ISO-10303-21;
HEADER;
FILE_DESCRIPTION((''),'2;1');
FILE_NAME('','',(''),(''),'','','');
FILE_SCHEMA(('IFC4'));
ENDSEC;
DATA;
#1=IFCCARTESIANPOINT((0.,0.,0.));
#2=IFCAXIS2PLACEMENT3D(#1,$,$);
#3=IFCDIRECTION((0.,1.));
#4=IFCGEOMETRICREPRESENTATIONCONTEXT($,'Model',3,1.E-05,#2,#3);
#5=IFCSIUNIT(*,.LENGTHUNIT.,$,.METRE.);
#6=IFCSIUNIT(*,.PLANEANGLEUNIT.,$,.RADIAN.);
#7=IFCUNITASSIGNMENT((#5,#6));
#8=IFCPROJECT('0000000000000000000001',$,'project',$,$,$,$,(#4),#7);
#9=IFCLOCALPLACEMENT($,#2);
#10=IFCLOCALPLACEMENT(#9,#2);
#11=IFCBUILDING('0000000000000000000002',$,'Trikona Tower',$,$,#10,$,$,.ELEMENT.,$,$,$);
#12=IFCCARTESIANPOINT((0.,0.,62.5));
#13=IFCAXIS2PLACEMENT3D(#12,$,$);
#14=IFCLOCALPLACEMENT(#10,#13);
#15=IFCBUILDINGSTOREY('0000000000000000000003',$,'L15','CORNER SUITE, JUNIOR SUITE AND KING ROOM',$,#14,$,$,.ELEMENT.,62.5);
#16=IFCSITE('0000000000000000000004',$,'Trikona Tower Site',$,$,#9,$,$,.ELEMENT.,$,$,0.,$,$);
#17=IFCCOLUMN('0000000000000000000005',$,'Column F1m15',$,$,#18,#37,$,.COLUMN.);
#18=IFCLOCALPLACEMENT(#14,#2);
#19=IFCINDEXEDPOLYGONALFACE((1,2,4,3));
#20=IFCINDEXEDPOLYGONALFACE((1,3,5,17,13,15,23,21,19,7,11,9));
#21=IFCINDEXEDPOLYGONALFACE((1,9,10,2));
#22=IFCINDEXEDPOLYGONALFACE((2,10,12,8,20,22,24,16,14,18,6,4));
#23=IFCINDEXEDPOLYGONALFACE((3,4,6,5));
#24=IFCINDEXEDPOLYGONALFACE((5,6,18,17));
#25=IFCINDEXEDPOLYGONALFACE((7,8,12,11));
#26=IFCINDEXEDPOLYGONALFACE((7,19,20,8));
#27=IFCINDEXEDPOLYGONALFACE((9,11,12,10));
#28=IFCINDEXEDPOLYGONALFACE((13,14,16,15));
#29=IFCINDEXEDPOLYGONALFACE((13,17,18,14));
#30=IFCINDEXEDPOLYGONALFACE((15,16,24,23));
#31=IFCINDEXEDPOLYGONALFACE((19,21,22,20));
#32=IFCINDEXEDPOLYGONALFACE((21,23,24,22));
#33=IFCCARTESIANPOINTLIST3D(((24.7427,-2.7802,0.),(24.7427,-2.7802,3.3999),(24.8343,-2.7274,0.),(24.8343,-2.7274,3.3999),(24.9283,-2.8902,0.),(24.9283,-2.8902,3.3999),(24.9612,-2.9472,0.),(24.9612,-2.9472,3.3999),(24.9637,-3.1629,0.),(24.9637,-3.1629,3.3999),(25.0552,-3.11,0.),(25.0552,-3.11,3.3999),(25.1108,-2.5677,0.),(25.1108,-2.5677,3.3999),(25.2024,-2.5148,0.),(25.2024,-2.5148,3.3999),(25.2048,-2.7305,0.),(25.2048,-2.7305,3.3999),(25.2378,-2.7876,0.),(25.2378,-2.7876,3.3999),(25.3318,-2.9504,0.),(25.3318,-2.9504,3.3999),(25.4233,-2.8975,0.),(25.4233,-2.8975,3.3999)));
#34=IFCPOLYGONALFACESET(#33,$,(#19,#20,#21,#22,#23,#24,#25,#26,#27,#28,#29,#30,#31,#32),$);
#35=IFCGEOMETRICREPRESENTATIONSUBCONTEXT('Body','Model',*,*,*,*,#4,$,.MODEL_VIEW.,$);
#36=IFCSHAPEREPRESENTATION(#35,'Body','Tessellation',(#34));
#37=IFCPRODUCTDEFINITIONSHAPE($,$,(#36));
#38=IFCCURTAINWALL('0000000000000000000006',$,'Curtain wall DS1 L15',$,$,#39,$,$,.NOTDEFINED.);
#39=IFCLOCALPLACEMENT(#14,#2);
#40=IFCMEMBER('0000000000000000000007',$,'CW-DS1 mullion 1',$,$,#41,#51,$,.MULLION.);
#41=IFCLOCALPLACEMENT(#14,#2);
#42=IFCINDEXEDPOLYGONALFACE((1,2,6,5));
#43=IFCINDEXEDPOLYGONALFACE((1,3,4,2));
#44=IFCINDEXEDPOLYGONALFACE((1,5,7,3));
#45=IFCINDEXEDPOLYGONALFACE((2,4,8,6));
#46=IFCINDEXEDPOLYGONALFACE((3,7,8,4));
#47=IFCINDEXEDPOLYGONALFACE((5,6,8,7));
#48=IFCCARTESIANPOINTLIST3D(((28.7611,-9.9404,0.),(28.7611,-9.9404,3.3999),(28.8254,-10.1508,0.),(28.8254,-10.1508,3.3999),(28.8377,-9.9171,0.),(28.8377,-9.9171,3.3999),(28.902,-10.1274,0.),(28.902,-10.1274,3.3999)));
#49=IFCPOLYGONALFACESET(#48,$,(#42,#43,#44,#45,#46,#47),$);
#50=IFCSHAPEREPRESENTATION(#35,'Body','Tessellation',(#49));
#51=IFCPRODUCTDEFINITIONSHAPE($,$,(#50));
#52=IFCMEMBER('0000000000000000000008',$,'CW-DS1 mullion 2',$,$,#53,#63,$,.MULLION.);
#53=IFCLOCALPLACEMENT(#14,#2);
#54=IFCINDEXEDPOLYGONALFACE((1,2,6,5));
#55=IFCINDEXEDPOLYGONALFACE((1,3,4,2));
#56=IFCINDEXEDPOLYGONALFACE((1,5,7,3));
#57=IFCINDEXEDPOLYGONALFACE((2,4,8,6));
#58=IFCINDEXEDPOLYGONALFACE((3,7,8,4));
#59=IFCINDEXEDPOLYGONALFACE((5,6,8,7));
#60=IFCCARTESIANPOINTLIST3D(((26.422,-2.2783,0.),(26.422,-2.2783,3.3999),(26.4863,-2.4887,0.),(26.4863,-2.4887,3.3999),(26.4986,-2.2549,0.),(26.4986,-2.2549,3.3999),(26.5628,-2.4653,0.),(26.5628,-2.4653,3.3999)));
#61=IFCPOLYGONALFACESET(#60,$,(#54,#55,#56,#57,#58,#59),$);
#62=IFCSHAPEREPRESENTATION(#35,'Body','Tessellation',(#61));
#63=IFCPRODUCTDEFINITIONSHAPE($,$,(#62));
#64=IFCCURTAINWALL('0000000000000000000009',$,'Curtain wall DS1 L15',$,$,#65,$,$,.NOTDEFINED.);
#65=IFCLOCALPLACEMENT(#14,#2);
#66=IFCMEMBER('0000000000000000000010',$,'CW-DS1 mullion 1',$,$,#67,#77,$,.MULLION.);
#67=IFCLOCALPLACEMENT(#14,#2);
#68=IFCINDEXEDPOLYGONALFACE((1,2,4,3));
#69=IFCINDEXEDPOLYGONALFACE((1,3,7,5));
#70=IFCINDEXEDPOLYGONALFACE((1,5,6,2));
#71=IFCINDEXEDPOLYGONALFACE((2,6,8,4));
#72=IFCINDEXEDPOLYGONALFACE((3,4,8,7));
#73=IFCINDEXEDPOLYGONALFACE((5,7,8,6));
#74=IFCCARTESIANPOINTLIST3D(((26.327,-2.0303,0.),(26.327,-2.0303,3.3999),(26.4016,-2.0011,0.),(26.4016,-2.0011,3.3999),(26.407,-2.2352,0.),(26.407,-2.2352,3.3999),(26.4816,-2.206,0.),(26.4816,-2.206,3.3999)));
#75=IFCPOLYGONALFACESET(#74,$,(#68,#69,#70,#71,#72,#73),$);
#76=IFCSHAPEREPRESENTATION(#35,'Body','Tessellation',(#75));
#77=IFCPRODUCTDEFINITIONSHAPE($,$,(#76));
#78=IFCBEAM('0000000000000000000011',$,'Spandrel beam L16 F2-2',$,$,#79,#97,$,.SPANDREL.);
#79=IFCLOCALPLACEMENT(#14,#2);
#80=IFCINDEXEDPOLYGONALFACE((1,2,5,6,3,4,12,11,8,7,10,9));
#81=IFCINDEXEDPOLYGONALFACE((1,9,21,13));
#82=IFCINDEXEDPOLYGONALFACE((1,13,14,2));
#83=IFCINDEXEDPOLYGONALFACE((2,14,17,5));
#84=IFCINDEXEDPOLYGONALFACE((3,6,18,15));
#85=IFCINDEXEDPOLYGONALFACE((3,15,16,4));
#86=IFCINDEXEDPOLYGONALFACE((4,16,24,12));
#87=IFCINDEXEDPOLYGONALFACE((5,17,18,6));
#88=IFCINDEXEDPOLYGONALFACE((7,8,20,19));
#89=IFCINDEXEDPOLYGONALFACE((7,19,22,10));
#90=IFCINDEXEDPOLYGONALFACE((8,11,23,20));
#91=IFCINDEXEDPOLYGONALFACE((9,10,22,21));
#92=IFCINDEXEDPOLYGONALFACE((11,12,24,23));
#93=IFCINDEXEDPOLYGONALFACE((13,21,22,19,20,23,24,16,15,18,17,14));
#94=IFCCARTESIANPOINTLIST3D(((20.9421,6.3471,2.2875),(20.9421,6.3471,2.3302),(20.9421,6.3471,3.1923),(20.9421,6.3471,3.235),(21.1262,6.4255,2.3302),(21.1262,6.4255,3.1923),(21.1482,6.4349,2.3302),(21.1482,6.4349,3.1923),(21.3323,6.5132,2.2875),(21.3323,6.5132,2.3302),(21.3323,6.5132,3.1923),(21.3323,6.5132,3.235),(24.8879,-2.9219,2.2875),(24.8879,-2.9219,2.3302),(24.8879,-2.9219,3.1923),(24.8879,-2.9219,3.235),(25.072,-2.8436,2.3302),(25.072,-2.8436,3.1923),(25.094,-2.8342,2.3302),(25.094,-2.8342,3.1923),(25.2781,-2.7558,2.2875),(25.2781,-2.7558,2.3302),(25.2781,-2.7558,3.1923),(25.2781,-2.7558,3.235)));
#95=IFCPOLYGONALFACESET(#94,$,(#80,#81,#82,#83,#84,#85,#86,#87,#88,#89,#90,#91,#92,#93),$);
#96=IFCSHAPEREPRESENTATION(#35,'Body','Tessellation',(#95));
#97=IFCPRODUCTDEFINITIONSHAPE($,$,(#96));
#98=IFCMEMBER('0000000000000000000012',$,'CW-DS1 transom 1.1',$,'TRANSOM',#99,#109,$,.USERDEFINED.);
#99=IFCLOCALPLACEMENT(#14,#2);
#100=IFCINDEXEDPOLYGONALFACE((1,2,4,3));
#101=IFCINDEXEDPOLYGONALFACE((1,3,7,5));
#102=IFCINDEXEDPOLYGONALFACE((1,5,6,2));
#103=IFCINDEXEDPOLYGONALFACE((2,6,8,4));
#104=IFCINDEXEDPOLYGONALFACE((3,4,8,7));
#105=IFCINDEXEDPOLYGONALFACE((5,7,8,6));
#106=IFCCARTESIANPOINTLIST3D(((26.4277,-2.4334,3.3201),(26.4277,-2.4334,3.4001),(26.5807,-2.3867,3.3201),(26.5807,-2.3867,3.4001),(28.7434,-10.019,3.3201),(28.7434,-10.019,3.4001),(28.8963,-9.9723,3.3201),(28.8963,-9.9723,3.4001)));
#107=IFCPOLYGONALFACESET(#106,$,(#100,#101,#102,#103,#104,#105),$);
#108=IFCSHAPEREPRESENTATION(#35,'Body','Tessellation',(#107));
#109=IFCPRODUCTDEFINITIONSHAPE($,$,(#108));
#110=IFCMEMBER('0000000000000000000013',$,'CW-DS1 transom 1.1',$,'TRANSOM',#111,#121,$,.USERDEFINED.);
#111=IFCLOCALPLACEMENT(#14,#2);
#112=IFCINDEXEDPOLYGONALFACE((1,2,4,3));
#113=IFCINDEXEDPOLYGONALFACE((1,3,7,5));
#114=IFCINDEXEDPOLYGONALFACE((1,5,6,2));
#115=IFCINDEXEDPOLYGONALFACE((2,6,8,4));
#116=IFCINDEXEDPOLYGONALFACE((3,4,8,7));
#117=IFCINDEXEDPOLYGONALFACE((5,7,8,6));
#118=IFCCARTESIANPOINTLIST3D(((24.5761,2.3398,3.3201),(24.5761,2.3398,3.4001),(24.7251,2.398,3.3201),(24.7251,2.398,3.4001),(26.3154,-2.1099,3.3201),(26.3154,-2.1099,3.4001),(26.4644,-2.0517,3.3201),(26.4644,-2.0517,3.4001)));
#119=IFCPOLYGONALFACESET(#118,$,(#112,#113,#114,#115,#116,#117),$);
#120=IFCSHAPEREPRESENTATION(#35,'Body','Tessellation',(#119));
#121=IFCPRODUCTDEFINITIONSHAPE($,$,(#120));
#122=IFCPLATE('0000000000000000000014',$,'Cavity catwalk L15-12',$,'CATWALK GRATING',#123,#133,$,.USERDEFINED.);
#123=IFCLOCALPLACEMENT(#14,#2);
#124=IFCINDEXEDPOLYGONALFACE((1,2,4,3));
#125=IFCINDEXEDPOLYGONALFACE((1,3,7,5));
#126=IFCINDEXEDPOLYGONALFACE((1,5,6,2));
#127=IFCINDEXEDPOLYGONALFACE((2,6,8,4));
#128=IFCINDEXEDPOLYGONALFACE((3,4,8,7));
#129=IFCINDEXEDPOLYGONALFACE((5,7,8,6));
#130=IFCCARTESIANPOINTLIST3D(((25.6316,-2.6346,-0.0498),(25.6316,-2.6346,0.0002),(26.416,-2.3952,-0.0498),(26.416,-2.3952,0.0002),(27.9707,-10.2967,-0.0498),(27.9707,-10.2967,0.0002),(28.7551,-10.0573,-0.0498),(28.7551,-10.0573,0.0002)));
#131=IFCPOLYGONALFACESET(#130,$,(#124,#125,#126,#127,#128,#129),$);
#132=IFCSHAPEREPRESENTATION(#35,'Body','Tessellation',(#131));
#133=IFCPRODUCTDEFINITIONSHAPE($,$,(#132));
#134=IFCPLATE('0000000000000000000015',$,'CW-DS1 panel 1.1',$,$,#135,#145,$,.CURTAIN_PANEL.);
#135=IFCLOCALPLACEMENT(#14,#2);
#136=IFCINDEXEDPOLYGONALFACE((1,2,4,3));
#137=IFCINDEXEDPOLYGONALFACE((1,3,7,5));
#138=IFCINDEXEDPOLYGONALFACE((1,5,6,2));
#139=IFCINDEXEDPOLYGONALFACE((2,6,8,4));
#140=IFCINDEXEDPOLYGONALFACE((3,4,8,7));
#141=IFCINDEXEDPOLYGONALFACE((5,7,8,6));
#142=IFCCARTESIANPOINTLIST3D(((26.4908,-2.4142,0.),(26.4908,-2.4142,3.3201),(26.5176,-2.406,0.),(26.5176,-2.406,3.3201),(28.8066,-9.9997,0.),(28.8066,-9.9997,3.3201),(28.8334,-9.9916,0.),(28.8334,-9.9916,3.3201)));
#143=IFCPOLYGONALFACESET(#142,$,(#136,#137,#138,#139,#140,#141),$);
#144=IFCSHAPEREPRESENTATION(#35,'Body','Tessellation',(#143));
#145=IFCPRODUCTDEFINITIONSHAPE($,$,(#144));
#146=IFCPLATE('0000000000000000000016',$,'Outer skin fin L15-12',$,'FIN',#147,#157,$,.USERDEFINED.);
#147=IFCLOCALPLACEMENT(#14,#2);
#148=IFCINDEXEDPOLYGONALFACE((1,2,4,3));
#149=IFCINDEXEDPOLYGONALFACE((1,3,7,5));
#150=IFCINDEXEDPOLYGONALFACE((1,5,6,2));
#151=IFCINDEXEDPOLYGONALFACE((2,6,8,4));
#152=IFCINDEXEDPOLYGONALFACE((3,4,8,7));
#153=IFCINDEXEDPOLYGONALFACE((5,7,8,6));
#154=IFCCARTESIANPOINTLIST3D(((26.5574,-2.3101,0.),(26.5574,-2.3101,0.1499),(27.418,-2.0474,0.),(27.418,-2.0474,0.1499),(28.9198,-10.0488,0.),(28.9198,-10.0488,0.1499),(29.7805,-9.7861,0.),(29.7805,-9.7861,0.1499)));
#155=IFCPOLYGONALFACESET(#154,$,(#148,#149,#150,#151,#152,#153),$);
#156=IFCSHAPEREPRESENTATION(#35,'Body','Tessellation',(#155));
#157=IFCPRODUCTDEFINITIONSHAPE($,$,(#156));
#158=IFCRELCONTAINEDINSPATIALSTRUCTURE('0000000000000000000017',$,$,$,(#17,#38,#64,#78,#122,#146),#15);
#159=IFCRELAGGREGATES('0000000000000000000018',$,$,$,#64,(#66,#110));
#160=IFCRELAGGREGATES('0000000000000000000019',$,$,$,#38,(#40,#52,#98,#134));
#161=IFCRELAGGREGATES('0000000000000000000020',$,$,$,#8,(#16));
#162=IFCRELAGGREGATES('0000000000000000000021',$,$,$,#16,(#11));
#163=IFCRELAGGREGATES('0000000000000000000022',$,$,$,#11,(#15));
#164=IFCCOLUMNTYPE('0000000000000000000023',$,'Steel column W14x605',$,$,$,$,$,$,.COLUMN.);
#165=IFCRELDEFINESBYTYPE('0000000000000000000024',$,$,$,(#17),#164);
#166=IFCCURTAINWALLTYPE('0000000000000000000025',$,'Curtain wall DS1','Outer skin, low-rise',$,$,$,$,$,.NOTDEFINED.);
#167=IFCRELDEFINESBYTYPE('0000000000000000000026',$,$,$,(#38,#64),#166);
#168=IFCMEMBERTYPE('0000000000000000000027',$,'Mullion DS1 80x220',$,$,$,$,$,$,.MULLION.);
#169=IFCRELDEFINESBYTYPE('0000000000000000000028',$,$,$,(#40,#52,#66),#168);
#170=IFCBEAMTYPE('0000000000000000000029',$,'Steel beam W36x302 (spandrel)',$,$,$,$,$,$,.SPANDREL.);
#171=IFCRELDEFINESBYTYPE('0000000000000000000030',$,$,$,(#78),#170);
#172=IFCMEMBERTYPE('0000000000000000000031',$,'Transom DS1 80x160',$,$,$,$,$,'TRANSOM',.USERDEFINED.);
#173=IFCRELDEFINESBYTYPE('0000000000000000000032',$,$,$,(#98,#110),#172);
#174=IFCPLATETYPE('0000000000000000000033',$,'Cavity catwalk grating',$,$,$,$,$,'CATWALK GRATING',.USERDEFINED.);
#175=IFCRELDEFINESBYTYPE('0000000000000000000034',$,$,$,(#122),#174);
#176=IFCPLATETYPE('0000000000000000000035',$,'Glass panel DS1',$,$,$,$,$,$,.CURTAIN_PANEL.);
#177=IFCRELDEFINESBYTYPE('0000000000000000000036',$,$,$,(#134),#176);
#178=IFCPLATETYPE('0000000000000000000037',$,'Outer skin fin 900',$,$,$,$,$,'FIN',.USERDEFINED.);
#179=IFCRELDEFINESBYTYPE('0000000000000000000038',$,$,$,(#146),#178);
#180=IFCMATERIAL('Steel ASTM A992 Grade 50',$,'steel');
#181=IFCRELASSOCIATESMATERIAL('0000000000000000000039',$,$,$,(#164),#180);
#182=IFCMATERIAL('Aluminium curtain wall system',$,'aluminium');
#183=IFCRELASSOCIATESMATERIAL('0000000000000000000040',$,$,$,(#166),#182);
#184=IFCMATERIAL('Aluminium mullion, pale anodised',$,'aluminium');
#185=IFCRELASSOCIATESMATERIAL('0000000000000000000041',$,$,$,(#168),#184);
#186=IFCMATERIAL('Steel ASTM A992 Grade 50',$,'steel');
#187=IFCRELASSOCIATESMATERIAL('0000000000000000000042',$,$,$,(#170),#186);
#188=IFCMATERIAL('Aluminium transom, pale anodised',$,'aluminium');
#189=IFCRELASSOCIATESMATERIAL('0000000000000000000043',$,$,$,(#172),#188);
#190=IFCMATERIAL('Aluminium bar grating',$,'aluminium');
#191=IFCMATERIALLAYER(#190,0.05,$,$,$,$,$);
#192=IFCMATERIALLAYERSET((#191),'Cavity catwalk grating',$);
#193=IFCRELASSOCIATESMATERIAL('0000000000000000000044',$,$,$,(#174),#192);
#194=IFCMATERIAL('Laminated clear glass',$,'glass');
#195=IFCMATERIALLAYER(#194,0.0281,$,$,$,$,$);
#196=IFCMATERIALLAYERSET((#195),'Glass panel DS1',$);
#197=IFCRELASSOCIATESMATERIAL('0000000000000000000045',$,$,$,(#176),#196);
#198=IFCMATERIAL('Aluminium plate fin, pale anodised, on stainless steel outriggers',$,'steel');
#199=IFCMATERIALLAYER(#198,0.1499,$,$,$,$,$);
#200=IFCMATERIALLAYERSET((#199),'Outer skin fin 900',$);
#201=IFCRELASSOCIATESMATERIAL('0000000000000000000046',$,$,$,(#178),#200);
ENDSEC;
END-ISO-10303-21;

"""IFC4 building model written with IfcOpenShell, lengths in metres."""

from ifc_helpers import new_model, si_unit, direction, frame, origin, origin_2d, place, context, subcontext, project, spatial, rectangle, i_section, extrude, material, layer, layer_set, material_profile, profile_set, type_object, element, aggregate, save


model = new_model("IFC4")

# Units and contexts
model_context = context("Model", 3, precision=1e-05, world=origin(), true_north=direction((0.0, 1.0)))
body_context = subcontext(model_context, "Body", "Model", "MODEL_VIEW")
ifc_project = project(units=[si_unit("LENGTHUNIT", "METRE"), si_unit("PLANEANGLEUNIT", "RADIAN")], contexts=[model_context])

# Site, building, storey
site_placement = place(None, origin())
site = spatial("IfcSite", under=ifc_project, at=site_placement, Name="Trikona Tower Site", CompositionType="ELEMENT", RefElevation=0.0)
building_placement = place(site_placement, origin())
building = spatial("IfcBuilding", under=site, at=building_placement, Name="Trikona Tower", CompositionType="ELEMENT")
storey_placement = place(building_placement, frame((0.0, 0.0, 62.5)))
storey = spatial("IfcBuildingStorey", under=building, at=storey_placement, Name="L15", Description="CORNER SUITE, JUNIOR SUITE AND KING ROOM", CompositionType="ELEMENT", Elevation=62.5)

# Column
ifc_material_1 = material(Name="Steel ASTM A992 Grade 50", Category="steel")
ifc_material_profile_1 = material_profile(ifc_material_1, i_section(OverallWidth=0.4419, OverallDepth=0.5308, WebThickness=0.0659, FlangeThickness=0.1057, at=origin_2d()), Name="W14X605")
ifc_profile_set_1 = profile_set([ifc_material_profile_1], Name="Steel ASTM A992 Grade 50")
column_type = type_object("IfcColumnType", Name="Steel column W14x605", PredefinedType="COLUMN", material=ifc_profile_set_1)
column_placement = place(storey_placement, frame((25.083, -2.8389, 0.0), z_axis=(0.0, 0.0, 1.0), x_axis=(-0.5, 0.866025, 0.0)))
element("IfcColumn", 1, at=column_placement, inside=storey, type_object=column_type, Name="Column F1m15", PredefinedType="COLUMN", context=body_context, shape_type="SweptSolid", body=[
    extrude(i_section(OverallWidth=0.4419, OverallDepth=0.5308, WebThickness=0.0659, FlangeThickness=0.1057, at=origin_2d()), origin(), (0.0, 0.0, 1.0), 3.3999),
])

# Curtain wall, members
ifc_material_2 = material(Name="Aluminium curtain wall system", Category="aluminium")
curtain_wall_type = type_object("IfcCurtainWallType", Name="Curtain wall DS1", Description="Outer skin, low-rise", PredefinedType="NOTDEFINED", material=ifc_material_2)
curtain_wall_1_placement = place(storey_placement, origin())
curtain_wall_1 = element("IfcCurtainWall", 2, at=curtain_wall_1_placement, inside=storey, type_object=curtain_wall_type, Name="Curtain wall DS1 L15", PredefinedType="NOTDEFINED")
ifc_material_3 = material(Name="Aluminium mullion, pale anodised", Category="aluminium")
ifc_material_profile_2 = material_profile(ifc_material_3, rectangle(XDim=0.0801, YDim=0.22, at=origin_2d()), Name="MUL-DS1")
ifc_profile_set_2 = profile_set([ifc_material_profile_2], Name="Aluminium mullion, pale anodised")
member_type_1 = type_object("IfcMemberType", Name="Mullion DS1 80x220", PredefinedType="MULLION", material=ifc_profile_set_2)
member_1_placement = place(storey_placement, frame((28.8315, -10.0339, 0.0), z_axis=(0.0, 0.0, 1.0), x_axis=(-0.956423, -0.291984, 0.0)))
member_1 = element("IfcMember", 3, at=member_1_placement, type_object=member_type_1, Name="CW-DS1 mullion 1", PredefinedType="MULLION", context=body_context, shape_type="SweptSolid", body=[
    extrude(rectangle(XDim=0.0801, YDim=0.22, at=origin_2d()), origin(), (0.0, 0.0, 1.0), 3.3999),
])
member_2_placement = place(storey_placement, frame((26.4924, -2.3718, 0.0), z_axis=(0.0, 0.0, 1.0), x_axis=(-0.956423, -0.291984, 0.0)))
member_2 = element("IfcMember", 4, at=member_2_placement, type_object=member_type_1, Name="CW-DS1 mullion 2", PredefinedType="MULLION", context=body_context, shape_type="SweptSolid", body=[
    extrude(rectangle(XDim=0.0801, YDim=0.22, at=origin_2d()), origin(), (0.0, 0.0, 1.0), 3.3999),
])

# Curtain wall, member
curtain_wall_2_placement = place(storey_placement, origin())
curtain_wall_2 = element("IfcCurtainWall", 5, at=curtain_wall_2_placement, inside=storey, type_object=curtain_wall_type, Name="Curtain wall DS1 L15", PredefinedType="NOTDEFINED")
member_3_placement = place(storey_placement, frame((26.4043, -2.1182, 0.0), z_axis=(0.0, 0.0, 1.0), x_axis=(-0.931396, -0.364008, 0.0)))
member_3 = element("IfcMember", 6, at=member_3_placement, type_object=member_type_1, Name="CW-DS1 mullion 1", PredefinedType="MULLION", context=body_context, shape_type="SweptSolid", body=[
    extrude(rectangle(XDim=0.0801, YDim=0.22, at=origin_2d()), origin(), (0.0, 0.0, 1.0), 3.3999),
])

# Beam
ifc_material_4 = material(Name="Steel ASTM A992 Grade 50", Category="steel")
ifc_material_profile_3 = material_profile(ifc_material_4, i_section(OverallWidth=0.4241, OverallDepth=0.9475, WebThickness=0.0239, FlangeThickness=0.0427, at=origin_2d()), Name="W36X302")
ifc_profile_set_3 = profile_set([ifc_material_profile_3], Name="Steel ASTM A992 Grade 50")
beam_type = type_object("IfcBeamType", Name="Steel beam W36x302 (spandrel)", PredefinedType="SPANDREL", material=ifc_profile_set_3)
beam_placement = place(storey_placement, frame((25.083, -2.8389, 2.7612), z_axis=(-0.391684, 0.9201, 0.0), x_axis=(-0.9201, -0.391684, 0.0)))
element("IfcBeam", 7, at=beam_placement, inside=storey, type_object=beam_type, Name="Spandrel beam L16 F2-2", PredefinedType="SPANDREL", context=body_context, shape_type="SweptSolid", body=[
    extrude(i_section(OverallWidth=0.4241, OverallDepth=0.9475, WebThickness=0.0239, FlangeThickness=0.0427, at=origin_2d()), origin(), (0.0, 0.0, 1.0), 10.074),
])

# Members
ifc_material_5 = material(Name="Aluminium transom, pale anodised", Category="aluminium")
ifc_material_profile_4 = material_profile(ifc_material_5, rectangle(XDim=0.1599, YDim=0.0801, at=origin_2d()), Name="TRN-DS1")
ifc_profile_set_4 = profile_set([ifc_material_profile_4], Name="Aluminium transom, pale anodised")
member_type_2 = type_object("IfcMemberType", Name="Transom DS1 80x160", ElementType="TRANSOM", PredefinedType="USERDEFINED", material=ifc_profile_set_4)
member_4_placement = place(storey_placement, frame((28.8198, -9.9956, 3.3601), z_axis=(-0.291967, 0.956428, 0.0), x_axis=(-0.956428, -0.291967, 0.0)))
member_4 = element("IfcMember", 8, at=member_4_placement, type_object=member_type_2, Name="CW-DS1 transom 1.1", ObjectType="TRANSOM", PredefinedType="USERDEFINED", context=body_context, shape_type="SweptSolid", body=[
    extrude(rectangle(XDim=0.1599, YDim=0.0801, at=origin_2d()), origin(), (0.0, 0.0, 1.0), 7.9312),
])
member_5_placement = place(storey_placement, frame((26.3899, -2.0808, 3.3601), z_axis=(-0.364049, 0.93138, 0.0), x_axis=(-0.93138, -0.364049, 0.0)))
member_5 = element("IfcMember", 9, at=member_5_placement, type_object=member_type_2, Name="CW-DS1 transom 1.1", ObjectType="TRANSOM", PredefinedType="USERDEFINED", context=body_context, shape_type="SweptSolid", body=[
    extrude(rectangle(XDim=0.1599, YDim=0.0801, at=origin_2d()), origin(), (0.0, 0.0, 1.0), 4.7776),
])
aggregate(curtain_wall_2, [member_3, member_5])

# Plates
ifc_material_6 = material(Name="Aluminium bar grating", Category="aluminium")
ifc_layer_1 = layer(ifc_material_6, 0.05)
ifc_layer_set_1 = layer_set([ifc_layer_1], Name="Cavity catwalk grating")
plate_type_1 = type_object("IfcPlateType", Name="Cavity catwalk grating", ElementType="CATWALK GRATING", PredefinedType="USERDEFINED", material=ifc_layer_set_1)
plate_1_placement = place(storey_placement, frame((27.1934, -6.3459, -0.0498), z_axis=(0.0, 0.0, 1.0), x_axis=(-0.291979, 0.956425, 0.0)))
element("IfcPlate", 10, at=plate_1_placement, inside=storey, type_object=plate_type_1, Name="Cavity catwalk L15-12", ObjectType="CATWALK GRATING", PredefinedType="USERDEFINED", context=body_context, shape_type="SweptSolid", body=[
    extrude(rectangle(XDim=8.0112, YDim=0.8201, at=origin_2d()), origin(), (0.0, 0.0, 1.0), 0.05),
])
ifc_material_7 = material(Name="Laminated clear glass", Category="glass")
ifc_layer_2 = layer(ifc_material_7, 0.0281)
ifc_layer_set_2 = layer_set([ifc_layer_2], Name="Glass panel DS1")
plate_type_2 = type_object("IfcPlateType", Name="Glass panel DS1", PredefinedType="CURTAIN_PANEL", material=ifc_layer_set_2)
plate_2_placement = place(storey_placement, frame((27.6621, -6.2029, 0.0), z_axis=(0.0, 0.0, 1.0), x_axis=(-0.291984, 0.956423, 0.0)))
plate_2 = element("IfcPlate", 11, at=plate_2_placement, type_object=plate_type_2, Name="CW-DS1 panel 1.1", PredefinedType="CURTAIN_PANEL", context=body_context, shape_type="SweptSolid", body=[
    extrude(rectangle(XDim=7.9312, YDim=0.0281, at=origin_2d()), origin(), (0.0, 0.0, 1.0), 3.3201),
])
aggregate(curtain_wall_1, [member_1, member_2, member_4, plate_2])
ifc_material_8 = material(Name="Aluminium plate fin, pale anodised, on stainless steel outriggers", Category="steel")
ifc_layer_3 = layer(ifc_material_8, 0.1499)
ifc_layer_set_3 = layer_set([ifc_layer_3], Name="Outer skin fin 900")
plate_type_3 = type_object("IfcPlateType", Name="Outer skin fin 900", ElementType="FIN", PredefinedType="USERDEFINED", material=ifc_layer_set_3)
plate_3_placement = place(storey_placement, frame((28.1689, -6.0481, 0.0), z_axis=(0.0, 0.0, 1.0), x_axis=(-0.291979, 0.956425, 0.0)))
element("IfcPlate", 12, at=plate_3_placement, inside=storey, type_object=plate_type_3, Name="Outer skin fin L15-12", ObjectType="FIN", PredefinedType="USERDEFINED", context=body_context, shape_type="SweptSolid", body=[
    extrude(rectangle(XDim=8.0913, YDim=0.8999, at=origin_2d()), origin(), (0.0, 0.0, 1.0), 0.1499),
])

save(model, "model.ifc")
